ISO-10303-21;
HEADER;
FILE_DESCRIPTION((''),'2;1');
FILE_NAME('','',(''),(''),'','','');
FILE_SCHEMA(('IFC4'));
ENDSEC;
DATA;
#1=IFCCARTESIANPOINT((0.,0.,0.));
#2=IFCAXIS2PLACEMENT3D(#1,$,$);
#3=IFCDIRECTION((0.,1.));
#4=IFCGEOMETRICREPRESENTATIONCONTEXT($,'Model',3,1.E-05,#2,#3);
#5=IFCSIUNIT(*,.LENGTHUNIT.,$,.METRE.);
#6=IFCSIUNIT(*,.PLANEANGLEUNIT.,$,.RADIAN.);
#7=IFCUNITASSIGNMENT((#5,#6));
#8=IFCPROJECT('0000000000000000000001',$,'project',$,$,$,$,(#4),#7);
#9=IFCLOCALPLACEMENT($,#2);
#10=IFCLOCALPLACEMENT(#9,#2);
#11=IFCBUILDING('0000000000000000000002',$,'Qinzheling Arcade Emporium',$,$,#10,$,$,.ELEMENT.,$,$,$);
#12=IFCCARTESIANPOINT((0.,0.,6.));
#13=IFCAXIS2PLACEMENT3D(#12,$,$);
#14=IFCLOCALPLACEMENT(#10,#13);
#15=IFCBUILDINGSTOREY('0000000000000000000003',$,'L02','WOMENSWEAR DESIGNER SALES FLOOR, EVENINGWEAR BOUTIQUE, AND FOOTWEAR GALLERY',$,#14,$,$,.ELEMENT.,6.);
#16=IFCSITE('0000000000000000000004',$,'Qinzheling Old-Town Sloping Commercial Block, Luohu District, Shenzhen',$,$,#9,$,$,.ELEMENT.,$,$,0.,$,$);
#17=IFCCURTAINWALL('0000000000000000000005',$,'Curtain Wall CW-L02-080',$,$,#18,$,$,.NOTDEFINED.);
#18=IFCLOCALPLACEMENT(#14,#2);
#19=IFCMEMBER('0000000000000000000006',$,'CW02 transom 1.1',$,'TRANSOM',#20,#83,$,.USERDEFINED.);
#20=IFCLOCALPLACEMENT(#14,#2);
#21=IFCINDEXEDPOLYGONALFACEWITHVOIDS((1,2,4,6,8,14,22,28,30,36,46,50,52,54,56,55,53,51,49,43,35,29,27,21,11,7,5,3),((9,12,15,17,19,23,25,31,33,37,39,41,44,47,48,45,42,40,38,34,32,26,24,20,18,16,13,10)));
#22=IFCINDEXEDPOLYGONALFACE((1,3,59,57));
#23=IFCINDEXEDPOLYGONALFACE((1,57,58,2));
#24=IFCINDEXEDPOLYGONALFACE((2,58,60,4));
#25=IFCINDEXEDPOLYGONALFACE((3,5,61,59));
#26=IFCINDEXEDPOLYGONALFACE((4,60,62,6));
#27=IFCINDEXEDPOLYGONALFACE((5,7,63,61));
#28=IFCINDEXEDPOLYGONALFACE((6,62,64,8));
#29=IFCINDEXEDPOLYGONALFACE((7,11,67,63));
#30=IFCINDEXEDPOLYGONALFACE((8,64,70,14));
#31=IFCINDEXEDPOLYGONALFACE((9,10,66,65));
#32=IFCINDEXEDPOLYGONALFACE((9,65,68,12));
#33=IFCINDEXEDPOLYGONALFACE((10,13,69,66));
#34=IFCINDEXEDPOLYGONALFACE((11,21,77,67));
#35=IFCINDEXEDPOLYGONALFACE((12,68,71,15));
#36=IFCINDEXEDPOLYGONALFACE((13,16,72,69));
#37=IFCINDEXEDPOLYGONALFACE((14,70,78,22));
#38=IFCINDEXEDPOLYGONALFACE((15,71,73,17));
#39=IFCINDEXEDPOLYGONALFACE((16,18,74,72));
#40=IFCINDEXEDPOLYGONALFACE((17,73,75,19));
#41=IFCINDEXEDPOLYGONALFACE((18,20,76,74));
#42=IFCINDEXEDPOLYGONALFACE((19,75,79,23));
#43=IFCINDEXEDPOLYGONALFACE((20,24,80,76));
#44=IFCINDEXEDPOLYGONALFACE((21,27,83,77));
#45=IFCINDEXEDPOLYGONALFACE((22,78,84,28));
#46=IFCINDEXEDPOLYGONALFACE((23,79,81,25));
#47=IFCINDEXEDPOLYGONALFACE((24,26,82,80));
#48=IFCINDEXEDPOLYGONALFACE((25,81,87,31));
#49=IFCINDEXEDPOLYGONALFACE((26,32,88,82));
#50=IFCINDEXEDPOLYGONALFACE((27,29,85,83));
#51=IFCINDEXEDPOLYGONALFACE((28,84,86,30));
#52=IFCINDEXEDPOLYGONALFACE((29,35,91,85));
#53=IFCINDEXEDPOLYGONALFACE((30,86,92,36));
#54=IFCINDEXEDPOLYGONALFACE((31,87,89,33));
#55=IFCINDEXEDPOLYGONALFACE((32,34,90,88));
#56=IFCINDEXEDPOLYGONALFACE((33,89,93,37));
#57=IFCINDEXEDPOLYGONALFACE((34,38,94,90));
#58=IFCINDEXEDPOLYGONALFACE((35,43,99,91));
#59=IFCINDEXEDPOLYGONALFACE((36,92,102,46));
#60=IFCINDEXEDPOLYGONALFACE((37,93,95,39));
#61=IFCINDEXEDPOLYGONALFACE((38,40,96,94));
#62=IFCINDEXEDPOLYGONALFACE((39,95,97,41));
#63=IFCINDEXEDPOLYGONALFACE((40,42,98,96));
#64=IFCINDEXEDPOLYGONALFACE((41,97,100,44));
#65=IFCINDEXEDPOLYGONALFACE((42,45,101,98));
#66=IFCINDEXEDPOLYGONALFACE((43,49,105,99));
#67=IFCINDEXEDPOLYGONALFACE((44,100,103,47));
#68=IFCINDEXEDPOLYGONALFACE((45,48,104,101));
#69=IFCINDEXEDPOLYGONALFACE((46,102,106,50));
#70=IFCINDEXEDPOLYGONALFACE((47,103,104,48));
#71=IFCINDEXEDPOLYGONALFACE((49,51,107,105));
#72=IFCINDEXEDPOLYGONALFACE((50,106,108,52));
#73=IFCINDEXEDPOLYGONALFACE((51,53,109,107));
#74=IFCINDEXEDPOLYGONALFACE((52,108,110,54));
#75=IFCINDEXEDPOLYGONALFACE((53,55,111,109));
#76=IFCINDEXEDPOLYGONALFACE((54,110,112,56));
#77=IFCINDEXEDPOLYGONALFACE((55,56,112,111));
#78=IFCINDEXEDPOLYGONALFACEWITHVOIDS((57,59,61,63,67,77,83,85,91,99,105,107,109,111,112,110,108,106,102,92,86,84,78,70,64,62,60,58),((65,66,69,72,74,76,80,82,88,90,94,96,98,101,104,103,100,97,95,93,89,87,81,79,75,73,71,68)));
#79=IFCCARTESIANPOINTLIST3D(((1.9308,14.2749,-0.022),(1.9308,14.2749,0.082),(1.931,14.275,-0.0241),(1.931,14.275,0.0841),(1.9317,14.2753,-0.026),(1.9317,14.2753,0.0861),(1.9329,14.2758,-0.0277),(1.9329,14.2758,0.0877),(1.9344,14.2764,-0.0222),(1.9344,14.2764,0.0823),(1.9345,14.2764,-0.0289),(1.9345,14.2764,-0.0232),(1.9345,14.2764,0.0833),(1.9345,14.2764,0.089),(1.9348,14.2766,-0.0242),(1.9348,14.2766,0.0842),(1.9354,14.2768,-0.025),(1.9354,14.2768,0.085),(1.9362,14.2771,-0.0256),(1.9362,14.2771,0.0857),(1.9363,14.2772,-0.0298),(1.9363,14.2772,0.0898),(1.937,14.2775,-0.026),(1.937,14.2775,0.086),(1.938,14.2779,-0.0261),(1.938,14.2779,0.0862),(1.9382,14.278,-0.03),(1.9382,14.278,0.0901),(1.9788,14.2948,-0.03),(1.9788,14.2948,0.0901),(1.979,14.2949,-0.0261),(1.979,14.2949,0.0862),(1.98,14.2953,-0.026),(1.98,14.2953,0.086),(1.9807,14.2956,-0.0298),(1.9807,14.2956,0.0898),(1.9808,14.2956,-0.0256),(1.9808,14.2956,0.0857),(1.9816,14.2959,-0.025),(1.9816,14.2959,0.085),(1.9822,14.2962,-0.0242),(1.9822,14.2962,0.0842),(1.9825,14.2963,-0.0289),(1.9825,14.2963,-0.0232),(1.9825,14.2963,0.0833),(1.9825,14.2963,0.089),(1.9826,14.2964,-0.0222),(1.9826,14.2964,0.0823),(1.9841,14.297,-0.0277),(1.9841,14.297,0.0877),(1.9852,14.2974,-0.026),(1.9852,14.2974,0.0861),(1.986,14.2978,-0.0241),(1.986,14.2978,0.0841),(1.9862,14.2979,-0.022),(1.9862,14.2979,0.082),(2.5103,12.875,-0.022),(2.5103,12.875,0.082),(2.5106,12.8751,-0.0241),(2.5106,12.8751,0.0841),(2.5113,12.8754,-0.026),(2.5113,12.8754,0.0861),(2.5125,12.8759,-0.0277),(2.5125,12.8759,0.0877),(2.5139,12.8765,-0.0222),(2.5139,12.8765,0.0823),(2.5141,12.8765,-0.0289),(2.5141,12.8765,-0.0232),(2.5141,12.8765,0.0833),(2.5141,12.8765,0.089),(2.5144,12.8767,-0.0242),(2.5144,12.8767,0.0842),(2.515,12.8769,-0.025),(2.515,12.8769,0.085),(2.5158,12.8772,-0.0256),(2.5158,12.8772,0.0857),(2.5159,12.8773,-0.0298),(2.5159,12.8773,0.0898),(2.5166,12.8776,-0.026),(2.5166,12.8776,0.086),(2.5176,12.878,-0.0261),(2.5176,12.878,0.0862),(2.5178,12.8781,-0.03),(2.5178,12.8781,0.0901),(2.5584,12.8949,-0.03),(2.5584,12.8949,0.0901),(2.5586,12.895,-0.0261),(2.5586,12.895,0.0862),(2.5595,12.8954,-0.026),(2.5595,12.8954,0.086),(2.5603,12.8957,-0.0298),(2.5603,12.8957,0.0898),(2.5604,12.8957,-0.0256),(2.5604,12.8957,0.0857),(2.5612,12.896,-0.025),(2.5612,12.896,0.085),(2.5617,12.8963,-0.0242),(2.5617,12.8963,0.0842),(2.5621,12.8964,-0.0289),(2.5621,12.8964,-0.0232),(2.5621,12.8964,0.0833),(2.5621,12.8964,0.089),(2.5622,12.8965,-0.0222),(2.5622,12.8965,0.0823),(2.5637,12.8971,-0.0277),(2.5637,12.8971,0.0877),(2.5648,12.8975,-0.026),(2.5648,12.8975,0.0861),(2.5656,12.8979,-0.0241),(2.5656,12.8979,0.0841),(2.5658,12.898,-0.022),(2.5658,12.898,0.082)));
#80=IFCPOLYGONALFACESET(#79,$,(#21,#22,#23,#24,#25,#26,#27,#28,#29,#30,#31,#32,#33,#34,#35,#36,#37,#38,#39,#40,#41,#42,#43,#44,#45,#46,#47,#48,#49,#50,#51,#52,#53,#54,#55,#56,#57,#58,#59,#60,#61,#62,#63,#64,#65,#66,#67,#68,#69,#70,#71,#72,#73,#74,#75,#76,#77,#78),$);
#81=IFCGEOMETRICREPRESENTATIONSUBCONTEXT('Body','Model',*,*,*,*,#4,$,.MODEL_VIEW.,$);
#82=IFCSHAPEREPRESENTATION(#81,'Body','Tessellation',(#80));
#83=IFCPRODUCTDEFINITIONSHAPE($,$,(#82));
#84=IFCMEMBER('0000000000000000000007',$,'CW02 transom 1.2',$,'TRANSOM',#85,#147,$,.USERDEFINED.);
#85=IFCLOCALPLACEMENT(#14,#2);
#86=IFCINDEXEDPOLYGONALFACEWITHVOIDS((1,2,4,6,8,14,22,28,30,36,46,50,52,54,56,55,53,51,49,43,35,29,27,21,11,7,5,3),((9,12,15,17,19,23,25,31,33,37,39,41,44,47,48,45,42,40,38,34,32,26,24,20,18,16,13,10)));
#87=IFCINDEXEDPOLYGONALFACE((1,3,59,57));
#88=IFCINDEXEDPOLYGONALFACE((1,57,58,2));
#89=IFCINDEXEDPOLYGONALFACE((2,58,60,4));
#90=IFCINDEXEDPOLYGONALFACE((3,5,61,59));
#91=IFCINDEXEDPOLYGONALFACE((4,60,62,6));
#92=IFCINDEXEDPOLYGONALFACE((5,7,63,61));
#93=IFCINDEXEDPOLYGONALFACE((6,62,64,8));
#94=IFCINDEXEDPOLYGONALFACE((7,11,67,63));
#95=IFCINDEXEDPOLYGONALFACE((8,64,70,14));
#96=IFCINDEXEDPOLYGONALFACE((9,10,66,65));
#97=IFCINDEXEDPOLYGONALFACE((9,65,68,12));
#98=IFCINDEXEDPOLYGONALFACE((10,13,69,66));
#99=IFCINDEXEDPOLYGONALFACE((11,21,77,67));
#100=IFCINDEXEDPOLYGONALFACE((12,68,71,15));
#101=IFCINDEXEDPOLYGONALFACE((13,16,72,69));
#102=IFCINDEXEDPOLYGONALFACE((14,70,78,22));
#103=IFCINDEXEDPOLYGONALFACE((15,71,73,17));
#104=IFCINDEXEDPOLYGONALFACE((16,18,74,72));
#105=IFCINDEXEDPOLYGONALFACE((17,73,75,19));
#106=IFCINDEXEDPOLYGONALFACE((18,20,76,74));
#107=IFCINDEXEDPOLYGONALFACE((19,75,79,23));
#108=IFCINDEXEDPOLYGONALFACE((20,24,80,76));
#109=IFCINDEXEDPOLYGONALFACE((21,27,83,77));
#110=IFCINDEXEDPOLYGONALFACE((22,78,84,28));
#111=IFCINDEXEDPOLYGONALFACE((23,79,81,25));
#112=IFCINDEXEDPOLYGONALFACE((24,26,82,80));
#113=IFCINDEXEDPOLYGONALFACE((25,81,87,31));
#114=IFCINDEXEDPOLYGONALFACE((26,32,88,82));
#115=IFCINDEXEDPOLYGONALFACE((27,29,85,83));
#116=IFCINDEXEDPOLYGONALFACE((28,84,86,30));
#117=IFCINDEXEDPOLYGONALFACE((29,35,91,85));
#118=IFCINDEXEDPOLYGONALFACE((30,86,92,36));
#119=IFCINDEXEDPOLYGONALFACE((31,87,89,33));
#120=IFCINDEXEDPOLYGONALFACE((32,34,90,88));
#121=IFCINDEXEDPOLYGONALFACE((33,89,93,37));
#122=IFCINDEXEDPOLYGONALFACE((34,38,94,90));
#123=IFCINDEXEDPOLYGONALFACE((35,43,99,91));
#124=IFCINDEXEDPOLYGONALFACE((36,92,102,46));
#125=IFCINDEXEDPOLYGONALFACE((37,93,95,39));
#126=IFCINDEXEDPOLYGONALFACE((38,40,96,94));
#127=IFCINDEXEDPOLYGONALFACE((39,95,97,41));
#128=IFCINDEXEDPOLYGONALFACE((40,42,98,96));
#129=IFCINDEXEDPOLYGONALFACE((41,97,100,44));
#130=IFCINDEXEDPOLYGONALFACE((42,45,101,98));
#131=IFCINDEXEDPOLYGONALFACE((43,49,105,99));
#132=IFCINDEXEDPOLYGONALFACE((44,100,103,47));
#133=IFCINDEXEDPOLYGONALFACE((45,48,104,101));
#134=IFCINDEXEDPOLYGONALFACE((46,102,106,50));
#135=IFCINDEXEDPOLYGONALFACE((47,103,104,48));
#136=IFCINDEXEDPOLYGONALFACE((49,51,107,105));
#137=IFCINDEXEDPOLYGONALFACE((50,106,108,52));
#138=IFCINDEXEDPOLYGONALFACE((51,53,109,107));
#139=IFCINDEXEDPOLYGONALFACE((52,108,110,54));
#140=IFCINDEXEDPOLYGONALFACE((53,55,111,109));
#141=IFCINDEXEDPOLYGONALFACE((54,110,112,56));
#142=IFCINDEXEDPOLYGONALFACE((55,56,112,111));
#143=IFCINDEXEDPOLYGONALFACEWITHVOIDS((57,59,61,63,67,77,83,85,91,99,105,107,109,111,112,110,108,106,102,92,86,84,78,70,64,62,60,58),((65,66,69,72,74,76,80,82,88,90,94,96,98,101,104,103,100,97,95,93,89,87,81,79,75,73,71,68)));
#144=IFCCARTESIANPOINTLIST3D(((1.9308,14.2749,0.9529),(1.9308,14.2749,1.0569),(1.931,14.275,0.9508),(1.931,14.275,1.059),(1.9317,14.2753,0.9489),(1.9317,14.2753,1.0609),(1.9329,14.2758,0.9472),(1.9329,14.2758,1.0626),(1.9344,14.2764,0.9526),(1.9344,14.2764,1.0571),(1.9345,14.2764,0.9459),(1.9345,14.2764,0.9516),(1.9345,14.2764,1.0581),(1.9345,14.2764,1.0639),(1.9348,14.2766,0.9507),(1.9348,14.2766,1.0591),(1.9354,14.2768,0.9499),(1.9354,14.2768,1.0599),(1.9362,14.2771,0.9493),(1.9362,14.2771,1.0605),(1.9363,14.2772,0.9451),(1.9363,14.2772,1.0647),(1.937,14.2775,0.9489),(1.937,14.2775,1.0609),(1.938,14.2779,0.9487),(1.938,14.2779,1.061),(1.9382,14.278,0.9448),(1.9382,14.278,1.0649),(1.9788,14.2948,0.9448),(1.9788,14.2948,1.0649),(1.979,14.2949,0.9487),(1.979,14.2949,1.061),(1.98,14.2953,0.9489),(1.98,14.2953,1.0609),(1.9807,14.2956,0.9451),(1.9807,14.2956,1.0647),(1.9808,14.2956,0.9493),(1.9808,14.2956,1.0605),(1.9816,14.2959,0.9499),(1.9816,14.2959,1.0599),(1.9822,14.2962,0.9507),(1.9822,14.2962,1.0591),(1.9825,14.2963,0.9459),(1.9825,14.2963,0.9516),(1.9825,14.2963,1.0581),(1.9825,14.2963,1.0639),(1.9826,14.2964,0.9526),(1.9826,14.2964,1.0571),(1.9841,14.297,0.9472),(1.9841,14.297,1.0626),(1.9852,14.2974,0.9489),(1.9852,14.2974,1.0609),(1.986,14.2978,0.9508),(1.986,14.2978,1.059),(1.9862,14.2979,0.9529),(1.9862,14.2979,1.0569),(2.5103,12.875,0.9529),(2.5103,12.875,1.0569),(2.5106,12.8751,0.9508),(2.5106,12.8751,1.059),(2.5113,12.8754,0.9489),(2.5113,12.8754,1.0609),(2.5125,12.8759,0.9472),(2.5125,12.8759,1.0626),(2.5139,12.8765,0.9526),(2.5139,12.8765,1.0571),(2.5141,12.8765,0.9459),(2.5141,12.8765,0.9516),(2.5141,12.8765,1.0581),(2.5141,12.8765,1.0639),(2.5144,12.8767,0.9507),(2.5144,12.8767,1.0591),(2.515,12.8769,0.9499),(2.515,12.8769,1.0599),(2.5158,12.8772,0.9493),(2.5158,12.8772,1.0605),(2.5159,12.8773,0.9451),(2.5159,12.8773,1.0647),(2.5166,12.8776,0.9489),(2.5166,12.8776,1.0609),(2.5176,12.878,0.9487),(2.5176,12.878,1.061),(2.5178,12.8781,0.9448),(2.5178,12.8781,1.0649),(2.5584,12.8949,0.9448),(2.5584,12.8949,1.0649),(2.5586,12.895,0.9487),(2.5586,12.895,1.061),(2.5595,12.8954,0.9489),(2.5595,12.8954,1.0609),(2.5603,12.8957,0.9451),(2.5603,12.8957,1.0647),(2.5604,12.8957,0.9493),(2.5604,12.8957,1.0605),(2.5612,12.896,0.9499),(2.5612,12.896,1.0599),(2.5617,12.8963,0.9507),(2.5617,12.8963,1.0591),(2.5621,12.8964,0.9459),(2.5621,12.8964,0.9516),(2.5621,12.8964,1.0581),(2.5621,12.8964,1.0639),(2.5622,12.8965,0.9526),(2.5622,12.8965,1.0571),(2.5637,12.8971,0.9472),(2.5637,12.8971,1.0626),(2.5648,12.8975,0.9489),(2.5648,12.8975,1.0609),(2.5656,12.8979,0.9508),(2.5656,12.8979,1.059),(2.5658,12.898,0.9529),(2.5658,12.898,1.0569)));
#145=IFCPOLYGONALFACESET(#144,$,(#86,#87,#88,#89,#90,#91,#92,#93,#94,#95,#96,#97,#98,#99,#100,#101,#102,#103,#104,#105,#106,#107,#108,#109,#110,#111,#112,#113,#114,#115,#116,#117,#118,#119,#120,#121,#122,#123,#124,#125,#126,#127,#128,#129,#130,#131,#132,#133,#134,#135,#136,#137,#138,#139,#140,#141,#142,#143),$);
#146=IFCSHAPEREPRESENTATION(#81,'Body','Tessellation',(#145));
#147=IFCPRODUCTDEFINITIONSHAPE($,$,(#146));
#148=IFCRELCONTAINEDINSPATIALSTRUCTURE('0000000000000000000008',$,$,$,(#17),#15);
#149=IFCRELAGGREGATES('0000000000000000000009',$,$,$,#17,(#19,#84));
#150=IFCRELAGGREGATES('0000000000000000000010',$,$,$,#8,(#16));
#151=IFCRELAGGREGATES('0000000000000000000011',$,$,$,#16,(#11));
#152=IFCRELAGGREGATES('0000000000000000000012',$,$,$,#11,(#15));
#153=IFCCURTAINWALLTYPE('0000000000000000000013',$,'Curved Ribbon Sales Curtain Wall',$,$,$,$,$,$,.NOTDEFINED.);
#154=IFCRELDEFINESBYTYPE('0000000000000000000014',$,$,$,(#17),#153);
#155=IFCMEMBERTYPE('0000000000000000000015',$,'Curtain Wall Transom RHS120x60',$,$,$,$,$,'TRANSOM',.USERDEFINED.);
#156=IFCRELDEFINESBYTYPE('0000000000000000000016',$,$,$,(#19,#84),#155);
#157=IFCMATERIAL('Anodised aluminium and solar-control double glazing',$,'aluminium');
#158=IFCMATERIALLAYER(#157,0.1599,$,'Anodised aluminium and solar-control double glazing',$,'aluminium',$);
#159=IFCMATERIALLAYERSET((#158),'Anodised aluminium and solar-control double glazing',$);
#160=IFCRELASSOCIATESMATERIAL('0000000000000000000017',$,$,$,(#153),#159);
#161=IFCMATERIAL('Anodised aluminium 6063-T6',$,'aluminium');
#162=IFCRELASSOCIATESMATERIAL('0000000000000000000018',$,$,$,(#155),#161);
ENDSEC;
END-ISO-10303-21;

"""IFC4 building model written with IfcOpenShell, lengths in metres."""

from ifc_helpers import new_model, si_unit, direction, frame, origin, origin_2d, place, context, subcontext, project, spatial, hollow_rectangle, extrude, material, layer, layer_set, material_profile, profile_set, type_object, element, aggregate, save


model = new_model("IFC4")

# Units and contexts
model_context = context("Model", 3, precision=1e-05, world=origin(), true_north=direction((0.0, 1.0)))
body_context = subcontext(model_context, "Body", "Model", "MODEL_VIEW")
ifc_project = project(units=[si_unit("LENGTHUNIT", "METRE"), si_unit("PLANEANGLEUNIT", "RADIAN")], contexts=[model_context])

# Site, building, storey
site_placement = place(None, origin())
site = spatial("IfcSite", under=ifc_project, at=site_placement, Name="Qinzheling Old-Town Sloping Commercial Block, Luohu District, Shenzhen", CompositionType="ELEMENT", RefElevation=0.0)
building_placement = place(site_placement, origin())
building = spatial("IfcBuilding", under=site, at=building_placement, Name="Qinzheling Arcade Emporium", CompositionType="ELEMENT")
storey_placement = place(building_placement, frame((0.0, 0.0, 6.0)))
storey = spatial("IfcBuildingStorey", under=building, at=storey_placement, Name="L02", Description="WOMENSWEAR DESIGNER SALES FLOOR, EVENINGWEAR BOUTIQUE, AND FOOTWEAR GALLERY", CompositionType="ELEMENT", Elevation=6.0)

# Curtain wall
ifc_material_1 = material(Name="Anodised aluminium and solar-control double glazing", Category="aluminium")
ifc_layer_1 = layer(ifc_material_1, 0.1599, Name="Anodised aluminium and solar-control double glazing", Category="aluminium")
ifc_layer_set_1 = layer_set([ifc_layer_1], Name="Anodised aluminium and solar-control double glazing")
curtain_wall_type = type_object("IfcCurtainWallType", Name="Curved Ribbon Sales Curtain Wall", PredefinedType="NOTDEFINED", material=ifc_layer_set_1)
ifc_material_2 = material(Name="Anodised aluminium 6063-T6", Category="aluminium")
curtain_wall_1_placement = place(storey_placement, origin())
curtain_wall_1 = element("IfcCurtainWall", 1, at=curtain_wall_1_placement, inside=storey, type_object=curtain_wall_type, Name="Curtain Wall CW-L02-080", PredefinedType="NOTDEFINED")

# Members
ifc_material_profile_1 = material_profile(ifc_material_2, hollow_rectangle(XDim=0.0601, YDim=0.1201, WallThickness=0.0039, InnerFilletRadius=0.0039, OuterFilletRadius=0.0081, at=origin_2d()), Name="RHS 120x60x4", Category="aluminium")
ifc_profile_set_1 = profile_set([ifc_material_profile_1], Name="Anodised aluminium 6063-T6")
member_type_1 = type_object("IfcMemberType", Name="Curtain Wall Transom RHS120x60", ElementType="TRANSOM", PredefinedType="USERDEFINED", material=ifc_profile_set_1)
member_1_placement = place(storey_placement, frame((2.5381, 12.8865, 0.03), z_axis=(-0.382532, 0.923942, 0.0), x_axis=(-0.923942, -0.382532, 0.0)))
member_1 = element("IfcMember", 2, at=member_1_placement, type_object=member_type_1, Name="CW02 transom 1.1", ObjectType="TRANSOM", PredefinedType="USERDEFINED", context=body_context, shape_type="SweptSolid", body=[
    extrude(hollow_rectangle(XDim=0.0601, YDim=0.1201, WallThickness=0.0039, InnerFilletRadius=0.0039, OuterFilletRadius=0.0081, at=origin_2d()), origin(), (0.0, 0.0, 1.0), 1.5151),
])
member_2_placement = place(storey_placement, frame((2.5381, 12.8865, 1.0049), z_axis=(-0.382532, 0.923942, 0.0), x_axis=(-0.923942, -0.382532, 0.0)))
member_2 = element("IfcMember", 3, at=member_2_placement, type_object=member_type_1, Name="CW02 transom 1.2", ObjectType="TRANSOM", PredefinedType="USERDEFINED", context=body_context, shape_type="SweptSolid", body=[
    extrude(hollow_rectangle(XDim=0.0601, YDim=0.1201, WallThickness=0.0039, InnerFilletRadius=0.0039, OuterFilletRadius=0.0081, at=origin_2d()), origin(), (0.0, 0.0, 1.0), 1.5151),
])

aggregate(curtain_wall_1, [member_1, member_2])

save(model, "model.ifc")
